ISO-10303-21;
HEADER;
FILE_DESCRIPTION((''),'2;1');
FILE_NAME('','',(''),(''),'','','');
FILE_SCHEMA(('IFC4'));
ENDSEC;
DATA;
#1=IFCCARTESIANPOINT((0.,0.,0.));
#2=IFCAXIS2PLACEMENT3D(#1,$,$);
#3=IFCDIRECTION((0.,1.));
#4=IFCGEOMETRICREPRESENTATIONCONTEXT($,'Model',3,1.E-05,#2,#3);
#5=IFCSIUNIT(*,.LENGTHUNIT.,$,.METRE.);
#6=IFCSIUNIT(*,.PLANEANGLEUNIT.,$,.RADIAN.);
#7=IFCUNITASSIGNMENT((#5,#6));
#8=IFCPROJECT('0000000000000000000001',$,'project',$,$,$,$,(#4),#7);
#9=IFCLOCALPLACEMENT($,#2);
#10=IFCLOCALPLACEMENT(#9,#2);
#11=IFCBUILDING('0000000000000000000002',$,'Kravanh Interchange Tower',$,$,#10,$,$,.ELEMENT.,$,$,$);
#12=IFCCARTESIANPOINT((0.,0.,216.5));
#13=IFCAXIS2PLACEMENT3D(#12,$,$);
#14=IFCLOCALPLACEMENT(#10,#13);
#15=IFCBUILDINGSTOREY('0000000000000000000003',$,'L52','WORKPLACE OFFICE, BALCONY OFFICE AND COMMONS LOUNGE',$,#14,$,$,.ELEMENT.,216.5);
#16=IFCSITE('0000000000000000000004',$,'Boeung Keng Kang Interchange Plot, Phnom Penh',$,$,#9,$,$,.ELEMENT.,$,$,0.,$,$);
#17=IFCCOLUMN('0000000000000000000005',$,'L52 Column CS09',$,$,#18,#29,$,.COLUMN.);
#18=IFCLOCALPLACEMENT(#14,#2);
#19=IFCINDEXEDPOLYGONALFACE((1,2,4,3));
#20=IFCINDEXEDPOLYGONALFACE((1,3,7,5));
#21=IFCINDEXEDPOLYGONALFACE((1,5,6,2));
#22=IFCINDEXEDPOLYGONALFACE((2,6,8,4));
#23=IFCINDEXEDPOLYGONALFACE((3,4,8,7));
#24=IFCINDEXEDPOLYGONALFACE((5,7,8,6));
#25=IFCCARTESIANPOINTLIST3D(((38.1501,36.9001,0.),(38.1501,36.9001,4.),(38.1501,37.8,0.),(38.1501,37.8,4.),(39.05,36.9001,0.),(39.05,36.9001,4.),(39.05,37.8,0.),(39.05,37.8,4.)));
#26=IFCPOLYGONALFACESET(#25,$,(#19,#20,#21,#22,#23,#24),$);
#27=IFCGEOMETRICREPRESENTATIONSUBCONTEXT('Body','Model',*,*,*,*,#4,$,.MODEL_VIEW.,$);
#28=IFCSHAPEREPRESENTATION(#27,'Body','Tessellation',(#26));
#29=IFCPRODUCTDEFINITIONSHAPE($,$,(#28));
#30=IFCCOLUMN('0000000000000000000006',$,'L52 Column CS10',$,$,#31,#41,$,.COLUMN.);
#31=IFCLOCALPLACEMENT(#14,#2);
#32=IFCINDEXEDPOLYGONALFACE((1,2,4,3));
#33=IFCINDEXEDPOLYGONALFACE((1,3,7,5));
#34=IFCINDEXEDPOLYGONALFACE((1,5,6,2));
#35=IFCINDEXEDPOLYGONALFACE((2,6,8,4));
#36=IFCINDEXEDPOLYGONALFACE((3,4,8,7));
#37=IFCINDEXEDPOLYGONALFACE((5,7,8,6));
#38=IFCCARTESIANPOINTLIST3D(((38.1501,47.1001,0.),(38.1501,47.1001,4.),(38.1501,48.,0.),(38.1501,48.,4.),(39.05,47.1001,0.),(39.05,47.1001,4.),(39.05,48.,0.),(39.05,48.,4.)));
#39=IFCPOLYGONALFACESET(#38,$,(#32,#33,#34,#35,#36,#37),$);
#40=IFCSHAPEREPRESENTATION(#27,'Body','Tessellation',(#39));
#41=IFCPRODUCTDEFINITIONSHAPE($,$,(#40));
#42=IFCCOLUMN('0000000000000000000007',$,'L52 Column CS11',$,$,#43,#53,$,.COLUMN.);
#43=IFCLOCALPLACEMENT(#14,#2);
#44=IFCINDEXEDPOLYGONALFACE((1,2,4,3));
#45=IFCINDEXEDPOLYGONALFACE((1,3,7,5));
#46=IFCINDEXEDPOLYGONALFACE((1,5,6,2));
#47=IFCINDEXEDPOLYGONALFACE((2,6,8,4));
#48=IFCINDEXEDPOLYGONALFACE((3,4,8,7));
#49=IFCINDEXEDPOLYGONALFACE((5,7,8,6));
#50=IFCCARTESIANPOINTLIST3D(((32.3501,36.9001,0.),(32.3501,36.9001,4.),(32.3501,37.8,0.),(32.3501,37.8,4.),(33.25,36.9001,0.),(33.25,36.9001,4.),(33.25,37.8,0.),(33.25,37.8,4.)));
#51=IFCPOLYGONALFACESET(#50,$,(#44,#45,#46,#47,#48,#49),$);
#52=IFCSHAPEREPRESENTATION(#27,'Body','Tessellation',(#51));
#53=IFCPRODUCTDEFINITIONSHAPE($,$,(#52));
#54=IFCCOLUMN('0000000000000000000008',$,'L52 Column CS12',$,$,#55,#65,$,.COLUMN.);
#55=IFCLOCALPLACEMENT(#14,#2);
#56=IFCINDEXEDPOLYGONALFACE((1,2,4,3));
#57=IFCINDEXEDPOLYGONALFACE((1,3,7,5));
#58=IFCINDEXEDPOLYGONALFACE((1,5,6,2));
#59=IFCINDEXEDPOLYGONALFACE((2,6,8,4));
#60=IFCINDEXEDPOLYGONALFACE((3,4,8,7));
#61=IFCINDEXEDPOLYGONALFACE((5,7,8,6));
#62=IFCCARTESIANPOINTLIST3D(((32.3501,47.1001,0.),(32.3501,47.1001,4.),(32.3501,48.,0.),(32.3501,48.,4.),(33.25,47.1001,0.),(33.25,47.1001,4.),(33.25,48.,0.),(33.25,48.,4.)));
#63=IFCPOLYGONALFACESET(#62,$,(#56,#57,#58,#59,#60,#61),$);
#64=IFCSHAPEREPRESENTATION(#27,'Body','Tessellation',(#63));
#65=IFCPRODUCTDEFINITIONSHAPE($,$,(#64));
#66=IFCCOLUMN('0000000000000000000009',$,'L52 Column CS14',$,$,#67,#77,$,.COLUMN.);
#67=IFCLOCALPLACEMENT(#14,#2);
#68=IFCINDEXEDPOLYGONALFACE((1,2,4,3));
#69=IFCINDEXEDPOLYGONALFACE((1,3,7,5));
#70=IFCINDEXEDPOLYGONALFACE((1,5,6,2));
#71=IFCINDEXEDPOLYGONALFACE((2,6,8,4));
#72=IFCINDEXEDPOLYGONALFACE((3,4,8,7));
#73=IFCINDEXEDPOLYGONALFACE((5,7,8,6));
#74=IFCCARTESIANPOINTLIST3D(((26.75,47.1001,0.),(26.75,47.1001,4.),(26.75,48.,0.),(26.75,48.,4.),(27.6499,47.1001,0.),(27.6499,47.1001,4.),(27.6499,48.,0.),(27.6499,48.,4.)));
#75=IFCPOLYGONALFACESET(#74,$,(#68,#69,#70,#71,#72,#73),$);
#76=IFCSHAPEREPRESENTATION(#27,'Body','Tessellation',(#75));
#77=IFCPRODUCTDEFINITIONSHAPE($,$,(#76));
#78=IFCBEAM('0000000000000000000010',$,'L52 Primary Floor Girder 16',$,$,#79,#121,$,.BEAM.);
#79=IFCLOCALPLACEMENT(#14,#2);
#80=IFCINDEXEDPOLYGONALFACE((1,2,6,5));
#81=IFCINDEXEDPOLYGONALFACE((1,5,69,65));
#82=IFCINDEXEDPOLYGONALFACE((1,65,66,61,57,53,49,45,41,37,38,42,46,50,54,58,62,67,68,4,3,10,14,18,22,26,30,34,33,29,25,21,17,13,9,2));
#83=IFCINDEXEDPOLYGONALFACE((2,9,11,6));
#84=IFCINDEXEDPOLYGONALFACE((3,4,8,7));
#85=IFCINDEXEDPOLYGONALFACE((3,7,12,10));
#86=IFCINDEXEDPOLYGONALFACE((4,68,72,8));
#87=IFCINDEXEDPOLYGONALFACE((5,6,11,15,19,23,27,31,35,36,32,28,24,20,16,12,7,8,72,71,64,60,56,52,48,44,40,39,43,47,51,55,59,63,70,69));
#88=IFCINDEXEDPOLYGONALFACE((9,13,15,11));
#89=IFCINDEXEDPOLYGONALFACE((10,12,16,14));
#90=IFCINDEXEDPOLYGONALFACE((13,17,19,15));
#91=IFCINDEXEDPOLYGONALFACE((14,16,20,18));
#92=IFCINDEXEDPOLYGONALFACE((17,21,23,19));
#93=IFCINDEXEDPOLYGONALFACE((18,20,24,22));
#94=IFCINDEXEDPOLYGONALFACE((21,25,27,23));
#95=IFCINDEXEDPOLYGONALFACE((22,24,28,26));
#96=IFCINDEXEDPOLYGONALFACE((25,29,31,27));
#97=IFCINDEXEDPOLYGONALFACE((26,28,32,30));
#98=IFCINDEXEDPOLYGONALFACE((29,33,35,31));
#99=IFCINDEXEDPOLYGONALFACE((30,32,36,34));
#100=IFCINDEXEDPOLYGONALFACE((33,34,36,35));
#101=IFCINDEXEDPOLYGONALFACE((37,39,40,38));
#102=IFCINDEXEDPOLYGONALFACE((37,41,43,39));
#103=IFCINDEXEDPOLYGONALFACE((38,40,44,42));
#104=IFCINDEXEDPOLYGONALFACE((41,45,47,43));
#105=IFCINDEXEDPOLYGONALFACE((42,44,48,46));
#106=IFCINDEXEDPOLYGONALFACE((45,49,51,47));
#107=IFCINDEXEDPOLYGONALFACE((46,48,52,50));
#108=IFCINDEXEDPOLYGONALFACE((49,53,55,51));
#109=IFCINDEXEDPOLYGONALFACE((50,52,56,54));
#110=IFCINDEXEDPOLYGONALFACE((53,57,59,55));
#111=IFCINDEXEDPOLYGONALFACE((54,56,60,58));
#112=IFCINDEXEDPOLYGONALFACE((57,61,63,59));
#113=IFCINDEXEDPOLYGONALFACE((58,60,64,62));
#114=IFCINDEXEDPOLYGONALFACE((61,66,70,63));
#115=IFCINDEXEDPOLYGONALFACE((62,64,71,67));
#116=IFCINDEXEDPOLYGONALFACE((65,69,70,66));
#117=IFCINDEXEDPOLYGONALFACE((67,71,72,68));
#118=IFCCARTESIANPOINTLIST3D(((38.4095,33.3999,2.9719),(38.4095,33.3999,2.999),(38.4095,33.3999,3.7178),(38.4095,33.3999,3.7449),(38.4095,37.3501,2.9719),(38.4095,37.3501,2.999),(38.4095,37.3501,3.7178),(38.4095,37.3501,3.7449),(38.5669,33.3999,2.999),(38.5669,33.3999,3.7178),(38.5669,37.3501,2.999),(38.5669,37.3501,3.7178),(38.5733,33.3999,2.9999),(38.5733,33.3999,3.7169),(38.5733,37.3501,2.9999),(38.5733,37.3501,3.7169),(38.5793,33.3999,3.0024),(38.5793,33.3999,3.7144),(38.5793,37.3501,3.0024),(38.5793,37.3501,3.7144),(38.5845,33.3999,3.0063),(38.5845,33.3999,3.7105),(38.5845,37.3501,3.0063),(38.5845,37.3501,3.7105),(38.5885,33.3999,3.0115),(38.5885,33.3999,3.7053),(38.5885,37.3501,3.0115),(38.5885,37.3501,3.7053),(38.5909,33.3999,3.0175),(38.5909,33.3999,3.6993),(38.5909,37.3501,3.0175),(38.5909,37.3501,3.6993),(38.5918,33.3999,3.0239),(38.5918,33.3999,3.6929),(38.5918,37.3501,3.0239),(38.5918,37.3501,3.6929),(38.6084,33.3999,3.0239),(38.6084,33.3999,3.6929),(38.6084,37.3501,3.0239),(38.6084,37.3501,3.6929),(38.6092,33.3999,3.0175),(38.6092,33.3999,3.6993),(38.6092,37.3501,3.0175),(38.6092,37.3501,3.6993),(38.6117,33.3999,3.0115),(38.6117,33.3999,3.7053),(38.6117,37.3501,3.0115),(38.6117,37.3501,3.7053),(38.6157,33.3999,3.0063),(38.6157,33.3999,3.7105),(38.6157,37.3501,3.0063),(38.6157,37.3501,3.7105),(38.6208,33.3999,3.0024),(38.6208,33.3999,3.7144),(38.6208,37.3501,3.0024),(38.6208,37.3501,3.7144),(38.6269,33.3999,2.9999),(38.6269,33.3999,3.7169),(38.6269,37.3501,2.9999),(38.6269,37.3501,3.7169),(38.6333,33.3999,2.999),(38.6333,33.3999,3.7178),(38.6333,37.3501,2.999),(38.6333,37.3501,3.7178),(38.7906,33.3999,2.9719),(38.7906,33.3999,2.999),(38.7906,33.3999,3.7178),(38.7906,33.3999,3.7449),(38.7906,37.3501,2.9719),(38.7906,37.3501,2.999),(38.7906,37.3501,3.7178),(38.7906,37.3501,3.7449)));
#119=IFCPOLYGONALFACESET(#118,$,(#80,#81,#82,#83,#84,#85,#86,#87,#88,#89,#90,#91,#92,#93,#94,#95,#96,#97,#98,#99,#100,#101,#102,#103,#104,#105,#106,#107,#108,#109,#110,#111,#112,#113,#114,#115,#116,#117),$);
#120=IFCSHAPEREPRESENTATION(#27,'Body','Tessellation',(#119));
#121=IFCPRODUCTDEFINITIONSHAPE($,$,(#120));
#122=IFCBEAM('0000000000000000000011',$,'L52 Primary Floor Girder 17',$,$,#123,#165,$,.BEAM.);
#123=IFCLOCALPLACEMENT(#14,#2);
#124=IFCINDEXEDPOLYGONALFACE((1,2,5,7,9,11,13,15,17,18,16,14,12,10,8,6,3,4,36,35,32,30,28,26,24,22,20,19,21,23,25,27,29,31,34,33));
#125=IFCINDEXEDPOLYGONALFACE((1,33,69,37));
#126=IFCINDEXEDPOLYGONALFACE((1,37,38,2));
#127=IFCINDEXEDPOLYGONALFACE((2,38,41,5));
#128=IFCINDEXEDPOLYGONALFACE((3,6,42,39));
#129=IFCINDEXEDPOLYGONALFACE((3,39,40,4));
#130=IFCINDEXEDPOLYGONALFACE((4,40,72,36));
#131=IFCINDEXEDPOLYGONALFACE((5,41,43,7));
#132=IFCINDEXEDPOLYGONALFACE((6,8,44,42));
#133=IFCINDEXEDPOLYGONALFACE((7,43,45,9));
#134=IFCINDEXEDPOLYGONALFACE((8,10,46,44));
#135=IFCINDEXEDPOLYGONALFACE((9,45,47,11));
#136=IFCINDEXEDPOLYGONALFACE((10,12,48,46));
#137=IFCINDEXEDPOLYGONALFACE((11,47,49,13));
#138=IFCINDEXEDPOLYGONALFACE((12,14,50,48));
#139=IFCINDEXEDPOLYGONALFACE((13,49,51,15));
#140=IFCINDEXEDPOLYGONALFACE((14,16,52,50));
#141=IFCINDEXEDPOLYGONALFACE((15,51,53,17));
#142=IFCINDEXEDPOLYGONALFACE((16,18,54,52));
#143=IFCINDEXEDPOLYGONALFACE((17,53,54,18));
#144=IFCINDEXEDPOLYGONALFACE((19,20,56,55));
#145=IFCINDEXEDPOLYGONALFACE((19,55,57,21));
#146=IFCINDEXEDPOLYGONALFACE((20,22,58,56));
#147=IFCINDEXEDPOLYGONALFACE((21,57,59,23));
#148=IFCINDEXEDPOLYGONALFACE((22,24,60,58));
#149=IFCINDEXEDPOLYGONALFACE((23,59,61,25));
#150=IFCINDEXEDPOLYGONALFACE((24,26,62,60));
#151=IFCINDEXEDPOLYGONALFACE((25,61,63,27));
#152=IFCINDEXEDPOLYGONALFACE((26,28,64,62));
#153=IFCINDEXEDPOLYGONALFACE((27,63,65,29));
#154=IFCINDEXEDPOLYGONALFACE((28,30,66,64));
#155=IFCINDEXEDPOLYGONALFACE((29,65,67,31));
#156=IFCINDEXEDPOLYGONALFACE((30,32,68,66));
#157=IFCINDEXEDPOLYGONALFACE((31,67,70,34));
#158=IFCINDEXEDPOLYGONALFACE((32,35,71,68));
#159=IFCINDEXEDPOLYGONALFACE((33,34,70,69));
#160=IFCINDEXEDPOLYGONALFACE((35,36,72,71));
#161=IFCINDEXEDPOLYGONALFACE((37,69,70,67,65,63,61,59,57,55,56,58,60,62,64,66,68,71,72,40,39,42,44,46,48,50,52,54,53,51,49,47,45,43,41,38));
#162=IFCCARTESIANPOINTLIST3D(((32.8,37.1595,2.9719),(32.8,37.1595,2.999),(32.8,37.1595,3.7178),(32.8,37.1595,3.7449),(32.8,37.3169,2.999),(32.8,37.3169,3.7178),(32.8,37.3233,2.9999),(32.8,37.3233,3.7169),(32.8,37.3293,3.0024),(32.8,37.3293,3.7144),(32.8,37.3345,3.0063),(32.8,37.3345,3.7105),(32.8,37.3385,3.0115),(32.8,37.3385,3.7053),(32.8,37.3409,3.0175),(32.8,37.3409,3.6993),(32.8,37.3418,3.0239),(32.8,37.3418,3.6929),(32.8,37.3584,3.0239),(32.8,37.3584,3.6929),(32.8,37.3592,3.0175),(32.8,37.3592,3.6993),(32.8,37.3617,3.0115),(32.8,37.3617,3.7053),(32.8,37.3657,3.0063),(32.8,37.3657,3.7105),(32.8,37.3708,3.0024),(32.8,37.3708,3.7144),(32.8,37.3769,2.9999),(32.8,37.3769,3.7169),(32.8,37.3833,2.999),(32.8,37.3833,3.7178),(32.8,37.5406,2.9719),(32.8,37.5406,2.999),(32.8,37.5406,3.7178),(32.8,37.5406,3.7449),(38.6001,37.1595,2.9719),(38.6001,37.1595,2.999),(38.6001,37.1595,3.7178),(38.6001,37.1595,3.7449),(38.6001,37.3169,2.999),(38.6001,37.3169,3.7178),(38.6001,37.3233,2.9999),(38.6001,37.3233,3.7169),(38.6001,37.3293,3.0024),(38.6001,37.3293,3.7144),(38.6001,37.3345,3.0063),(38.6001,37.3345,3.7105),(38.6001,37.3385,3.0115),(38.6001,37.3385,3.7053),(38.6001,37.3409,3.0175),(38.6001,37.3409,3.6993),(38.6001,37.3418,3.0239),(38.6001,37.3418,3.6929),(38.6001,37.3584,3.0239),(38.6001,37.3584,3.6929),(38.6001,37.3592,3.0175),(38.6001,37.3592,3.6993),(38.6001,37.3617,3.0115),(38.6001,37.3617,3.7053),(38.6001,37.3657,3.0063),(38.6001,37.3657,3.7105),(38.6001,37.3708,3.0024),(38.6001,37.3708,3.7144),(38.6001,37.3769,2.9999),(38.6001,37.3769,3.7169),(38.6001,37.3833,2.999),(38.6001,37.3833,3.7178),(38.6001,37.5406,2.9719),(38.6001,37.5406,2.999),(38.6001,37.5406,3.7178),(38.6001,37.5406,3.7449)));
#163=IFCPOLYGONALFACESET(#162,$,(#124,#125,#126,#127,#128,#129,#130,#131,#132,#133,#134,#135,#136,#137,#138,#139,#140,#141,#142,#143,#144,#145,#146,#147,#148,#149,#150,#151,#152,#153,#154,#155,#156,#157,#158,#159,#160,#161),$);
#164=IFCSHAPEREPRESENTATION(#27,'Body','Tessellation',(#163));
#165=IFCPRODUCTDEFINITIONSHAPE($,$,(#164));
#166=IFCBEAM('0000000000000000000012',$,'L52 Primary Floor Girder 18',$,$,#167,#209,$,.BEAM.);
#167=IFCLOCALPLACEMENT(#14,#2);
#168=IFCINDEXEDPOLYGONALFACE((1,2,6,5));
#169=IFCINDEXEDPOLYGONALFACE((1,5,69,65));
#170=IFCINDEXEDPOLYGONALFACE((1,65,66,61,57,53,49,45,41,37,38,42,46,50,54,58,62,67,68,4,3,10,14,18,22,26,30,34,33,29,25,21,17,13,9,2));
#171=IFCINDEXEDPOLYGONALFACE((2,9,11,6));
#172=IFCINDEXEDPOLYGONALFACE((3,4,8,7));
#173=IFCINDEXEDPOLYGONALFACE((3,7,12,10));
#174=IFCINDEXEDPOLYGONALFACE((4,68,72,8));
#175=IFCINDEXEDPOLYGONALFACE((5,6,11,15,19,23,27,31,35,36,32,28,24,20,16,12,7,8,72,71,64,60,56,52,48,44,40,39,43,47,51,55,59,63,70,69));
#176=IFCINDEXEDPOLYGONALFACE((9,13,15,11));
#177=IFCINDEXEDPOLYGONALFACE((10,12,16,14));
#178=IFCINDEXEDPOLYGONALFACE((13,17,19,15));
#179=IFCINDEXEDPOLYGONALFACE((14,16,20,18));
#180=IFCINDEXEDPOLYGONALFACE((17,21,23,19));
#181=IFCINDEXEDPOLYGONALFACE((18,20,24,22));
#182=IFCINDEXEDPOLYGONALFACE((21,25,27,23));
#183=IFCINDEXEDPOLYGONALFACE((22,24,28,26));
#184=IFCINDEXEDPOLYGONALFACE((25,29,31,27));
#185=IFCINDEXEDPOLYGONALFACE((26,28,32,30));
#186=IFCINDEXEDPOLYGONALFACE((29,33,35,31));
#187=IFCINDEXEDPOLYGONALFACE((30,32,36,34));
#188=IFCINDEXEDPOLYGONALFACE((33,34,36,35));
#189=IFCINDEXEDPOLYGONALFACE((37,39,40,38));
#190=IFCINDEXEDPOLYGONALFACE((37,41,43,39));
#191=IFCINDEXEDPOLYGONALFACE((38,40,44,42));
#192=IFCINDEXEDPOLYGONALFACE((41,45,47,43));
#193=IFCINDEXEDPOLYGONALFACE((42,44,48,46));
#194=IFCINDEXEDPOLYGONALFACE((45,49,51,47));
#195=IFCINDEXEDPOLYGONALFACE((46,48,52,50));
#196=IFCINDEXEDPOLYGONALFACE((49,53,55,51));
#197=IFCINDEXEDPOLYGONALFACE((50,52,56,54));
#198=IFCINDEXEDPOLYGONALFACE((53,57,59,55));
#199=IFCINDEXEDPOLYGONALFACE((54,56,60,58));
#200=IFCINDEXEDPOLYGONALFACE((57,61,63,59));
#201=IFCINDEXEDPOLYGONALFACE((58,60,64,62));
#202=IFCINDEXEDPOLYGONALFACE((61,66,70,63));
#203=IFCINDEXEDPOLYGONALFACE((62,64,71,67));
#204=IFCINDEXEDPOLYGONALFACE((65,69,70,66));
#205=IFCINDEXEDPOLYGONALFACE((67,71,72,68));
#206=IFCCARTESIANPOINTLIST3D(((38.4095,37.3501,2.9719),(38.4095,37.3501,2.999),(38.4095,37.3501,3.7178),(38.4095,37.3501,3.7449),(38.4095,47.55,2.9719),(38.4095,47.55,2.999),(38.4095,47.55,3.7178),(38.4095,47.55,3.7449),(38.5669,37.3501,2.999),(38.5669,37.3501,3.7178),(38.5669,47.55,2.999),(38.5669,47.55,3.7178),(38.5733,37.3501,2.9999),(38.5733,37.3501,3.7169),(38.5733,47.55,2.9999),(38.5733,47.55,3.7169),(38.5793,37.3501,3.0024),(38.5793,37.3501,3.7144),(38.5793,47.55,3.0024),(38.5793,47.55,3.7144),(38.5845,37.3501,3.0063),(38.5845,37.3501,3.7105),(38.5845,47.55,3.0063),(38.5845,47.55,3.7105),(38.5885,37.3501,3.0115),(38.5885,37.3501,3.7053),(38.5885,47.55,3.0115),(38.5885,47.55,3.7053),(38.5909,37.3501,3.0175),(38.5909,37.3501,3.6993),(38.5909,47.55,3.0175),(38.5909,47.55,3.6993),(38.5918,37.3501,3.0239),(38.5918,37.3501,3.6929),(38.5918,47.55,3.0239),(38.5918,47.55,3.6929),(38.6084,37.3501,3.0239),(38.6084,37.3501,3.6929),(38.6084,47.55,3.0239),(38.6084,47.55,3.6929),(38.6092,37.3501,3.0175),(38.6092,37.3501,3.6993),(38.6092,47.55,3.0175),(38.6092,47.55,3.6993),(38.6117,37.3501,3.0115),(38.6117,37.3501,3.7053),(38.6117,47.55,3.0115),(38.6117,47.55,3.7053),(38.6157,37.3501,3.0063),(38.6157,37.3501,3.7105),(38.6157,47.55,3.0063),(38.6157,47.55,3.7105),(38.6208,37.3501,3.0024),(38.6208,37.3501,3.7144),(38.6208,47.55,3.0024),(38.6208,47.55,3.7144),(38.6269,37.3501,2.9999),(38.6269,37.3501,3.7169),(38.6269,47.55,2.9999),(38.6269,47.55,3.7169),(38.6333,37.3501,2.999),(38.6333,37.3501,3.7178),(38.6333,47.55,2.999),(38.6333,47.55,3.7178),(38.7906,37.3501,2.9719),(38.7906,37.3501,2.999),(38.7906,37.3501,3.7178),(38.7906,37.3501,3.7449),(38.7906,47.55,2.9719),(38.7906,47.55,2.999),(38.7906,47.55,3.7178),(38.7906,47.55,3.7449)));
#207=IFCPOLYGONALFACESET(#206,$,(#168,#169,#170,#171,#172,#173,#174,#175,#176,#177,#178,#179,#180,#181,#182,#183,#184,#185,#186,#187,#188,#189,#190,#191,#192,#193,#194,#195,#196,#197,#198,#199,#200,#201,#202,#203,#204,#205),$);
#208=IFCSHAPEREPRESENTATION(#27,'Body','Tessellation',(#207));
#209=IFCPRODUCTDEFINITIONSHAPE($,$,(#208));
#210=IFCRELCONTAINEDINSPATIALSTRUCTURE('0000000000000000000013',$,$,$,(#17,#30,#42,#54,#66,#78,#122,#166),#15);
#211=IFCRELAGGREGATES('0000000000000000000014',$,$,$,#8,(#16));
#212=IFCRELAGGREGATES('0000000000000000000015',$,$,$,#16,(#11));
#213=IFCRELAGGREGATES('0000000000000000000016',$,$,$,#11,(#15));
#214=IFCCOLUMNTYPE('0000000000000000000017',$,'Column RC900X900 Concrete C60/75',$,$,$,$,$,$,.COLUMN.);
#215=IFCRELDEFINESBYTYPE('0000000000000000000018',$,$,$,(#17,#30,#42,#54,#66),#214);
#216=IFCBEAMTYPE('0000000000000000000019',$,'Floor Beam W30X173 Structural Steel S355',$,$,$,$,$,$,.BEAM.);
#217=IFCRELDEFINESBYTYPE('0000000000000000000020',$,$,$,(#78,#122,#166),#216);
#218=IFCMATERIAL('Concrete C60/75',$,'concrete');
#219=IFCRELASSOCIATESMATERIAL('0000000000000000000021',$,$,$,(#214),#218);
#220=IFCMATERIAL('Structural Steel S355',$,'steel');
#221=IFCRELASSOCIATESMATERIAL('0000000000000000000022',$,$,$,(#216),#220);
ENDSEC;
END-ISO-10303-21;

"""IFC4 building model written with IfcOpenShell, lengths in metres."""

from ifc_helpers import new_model, si_unit, direction, frame, origin, origin_2d, place, context, subcontext, project, spatial, rectangle, i_section, extrude, material, material_profile, profile_set, type_object, element, save


model = new_model("IFC4")

# Units and contexts
model_context = context("Model", 3, precision=1e-05, world=origin(), true_north=direction((0.0, 1.0)))
body_context = subcontext(model_context, "Body", "Model", "MODEL_VIEW")
ifc_project = project(units=[si_unit("LENGTHUNIT", "METRE"), si_unit("PLANEANGLEUNIT", "RADIAN")], contexts=[model_context])

# Site, building, storey
site_placement = place(None, origin())
site = spatial("IfcSite", under=ifc_project, at=site_placement, Name="Boeung Keng Kang Interchange Plot, Phnom Penh", CompositionType="ELEMENT", RefElevation=0.0)
building_placement = place(site_placement, origin())
building = spatial("IfcBuilding", under=site, at=building_placement, Name="Kravanh Interchange Tower", CompositionType="ELEMENT")
storey_placement = place(building_placement, frame((0.0, 0.0, 216.5)))
storey = spatial("IfcBuildingStorey", under=building, at=storey_placement, Name="L52", Description="WORKPLACE OFFICE, BALCONY OFFICE AND COMMONS LOUNGE", CompositionType="ELEMENT", Elevation=216.5)

# Columns
ifc_material_1 = material(Name="Concrete C60/75", Category="concrete")
ifc_material_profile_1 = material_profile(ifc_material_1, rectangle(XDim=0.8999, YDim=0.8999, at=origin_2d()), Name="RC900X900")
ifc_profile_set_1 = profile_set([ifc_material_profile_1], Name="Concrete C60/75")
column_type = type_object("IfcColumnType", Name="Column RC900X900 Concrete C60/75", PredefinedType="COLUMN", material=ifc_profile_set_1)
for number, where, z_axis, x_axis, name in (
    (1, (38.6001, 37.3501, 0.0), (0.0, 0.0, 1.0), (1.0, 0.0, 0.0), "L52 Column CS09"),
    (2, (38.6001, 47.55, 0.0), (0.0, 0.0, 1.0), (1.0, 0.0, 0.0), "L52 Column CS10"),
    (3, (32.8, 37.3501, 0.0), (0.0, 0.0, 1.0), (1.0, 0.0, 0.0), "L52 Column CS11"),
    (4, (32.8, 47.55, 0.0), (0.0, 0.0, 1.0), (1.0, 0.0, 0.0), "L52 Column CS12"),
    (5, (27.2, 47.55, 0.0), (0.0, 0.0, 1.0), (1.0, 0.0, 0.0), "L52 Column CS14"),
):
    element("IfcColumn", number, at=place(storey_placement, frame(where, z_axis=z_axis, x_axis=x_axis)), inside=storey, type_object=column_type, Name=name, PredefinedType="COLUMN", context=body_context, shape_type="SweptSolid", body=[
        extrude(rectangle(XDim=0.8999, YDim=0.8999, at=origin_2d()), origin(), (0.0, 0.0, 1.0), 4.0),
    ])

# Beams
ifc_material_2 = material(Name="Structural Steel S355", Category="steel")
ifc_material_profile_2 = material_profile(ifc_material_2, i_section(OverallWidth=0.3811, OverallDepth=0.7729, WebThickness=0.0166, FlangeThickness=0.0271, FilletRadius=0.0249, at=origin_2d()), Name="W30X173")
ifc_profile_set_2 = profile_set([ifc_material_profile_2], Name="Structural Steel S355")
beam_type = type_object("IfcBeamType", Name="Floor Beam W30X173 Structural Steel S355", PredefinedType="BEAM", material=ifc_profile_set_2)
beam_1_placement = place(storey_placement, frame((38.6001, 37.3501, 3.3584), z_axis=(0.0, -1.0, 0.0), x_axis=(1.0, 0.0, 0.0)))
element("IfcBeam", 6, at=beam_1_placement, inside=storey, type_object=beam_type, Name="L52 Primary Floor Girder 16", PredefinedType="BEAM", context=body_context, shape_type="SweptSolid", body=[
    extrude(i_section(OverallWidth=0.3811, OverallDepth=0.7729, WebThickness=0.0166, FlangeThickness=0.0271, FilletRadius=0.0249, at=origin_2d()), origin(), (0.0, 0.0, 1.0), 3.9502),
])
beam_2_placement = place(storey_placement, frame((38.6001, 37.3501, 3.3584), z_axis=(-1.0, 0.0, 0.0), x_axis=(0.0, -1.0, 0.0)))
element("IfcBeam", 7, at=beam_2_placement, inside=storey, type_object=beam_type, Name="L52 Primary Floor Girder 17", PredefinedType="BEAM", context=body_context, shape_type="SweptSolid", body=[
    extrude(i_section(OverallWidth=0.3811, OverallDepth=0.7729, WebThickness=0.0166, FlangeThickness=0.0271, FilletRadius=0.0249, at=origin_2d()), origin(), (0.0, 0.0, 1.0), 5.8),
])
beam_3_placement = place(storey_placement, frame((38.6001, 37.3501, 3.3584), z_axis=(0.0, 1.0, 0.0), x_axis=(-1.0, 0.0, 0.0)))
element("IfcBeam", 8, at=beam_3_placement, inside=storey, type_object=beam_type, Name="L52 Primary Floor Girder 18", PredefinedType="BEAM", context=body_context, shape_type="SweptSolid", body=[
    extrude(i_section(OverallWidth=0.3811, OverallDepth=0.7729, WebThickness=0.0166, FlangeThickness=0.0271, FilletRadius=0.0249, at=origin_2d()), origin(), (0.0, 0.0, 1.0), 10.2),
])

save(model, "model.ifc")
